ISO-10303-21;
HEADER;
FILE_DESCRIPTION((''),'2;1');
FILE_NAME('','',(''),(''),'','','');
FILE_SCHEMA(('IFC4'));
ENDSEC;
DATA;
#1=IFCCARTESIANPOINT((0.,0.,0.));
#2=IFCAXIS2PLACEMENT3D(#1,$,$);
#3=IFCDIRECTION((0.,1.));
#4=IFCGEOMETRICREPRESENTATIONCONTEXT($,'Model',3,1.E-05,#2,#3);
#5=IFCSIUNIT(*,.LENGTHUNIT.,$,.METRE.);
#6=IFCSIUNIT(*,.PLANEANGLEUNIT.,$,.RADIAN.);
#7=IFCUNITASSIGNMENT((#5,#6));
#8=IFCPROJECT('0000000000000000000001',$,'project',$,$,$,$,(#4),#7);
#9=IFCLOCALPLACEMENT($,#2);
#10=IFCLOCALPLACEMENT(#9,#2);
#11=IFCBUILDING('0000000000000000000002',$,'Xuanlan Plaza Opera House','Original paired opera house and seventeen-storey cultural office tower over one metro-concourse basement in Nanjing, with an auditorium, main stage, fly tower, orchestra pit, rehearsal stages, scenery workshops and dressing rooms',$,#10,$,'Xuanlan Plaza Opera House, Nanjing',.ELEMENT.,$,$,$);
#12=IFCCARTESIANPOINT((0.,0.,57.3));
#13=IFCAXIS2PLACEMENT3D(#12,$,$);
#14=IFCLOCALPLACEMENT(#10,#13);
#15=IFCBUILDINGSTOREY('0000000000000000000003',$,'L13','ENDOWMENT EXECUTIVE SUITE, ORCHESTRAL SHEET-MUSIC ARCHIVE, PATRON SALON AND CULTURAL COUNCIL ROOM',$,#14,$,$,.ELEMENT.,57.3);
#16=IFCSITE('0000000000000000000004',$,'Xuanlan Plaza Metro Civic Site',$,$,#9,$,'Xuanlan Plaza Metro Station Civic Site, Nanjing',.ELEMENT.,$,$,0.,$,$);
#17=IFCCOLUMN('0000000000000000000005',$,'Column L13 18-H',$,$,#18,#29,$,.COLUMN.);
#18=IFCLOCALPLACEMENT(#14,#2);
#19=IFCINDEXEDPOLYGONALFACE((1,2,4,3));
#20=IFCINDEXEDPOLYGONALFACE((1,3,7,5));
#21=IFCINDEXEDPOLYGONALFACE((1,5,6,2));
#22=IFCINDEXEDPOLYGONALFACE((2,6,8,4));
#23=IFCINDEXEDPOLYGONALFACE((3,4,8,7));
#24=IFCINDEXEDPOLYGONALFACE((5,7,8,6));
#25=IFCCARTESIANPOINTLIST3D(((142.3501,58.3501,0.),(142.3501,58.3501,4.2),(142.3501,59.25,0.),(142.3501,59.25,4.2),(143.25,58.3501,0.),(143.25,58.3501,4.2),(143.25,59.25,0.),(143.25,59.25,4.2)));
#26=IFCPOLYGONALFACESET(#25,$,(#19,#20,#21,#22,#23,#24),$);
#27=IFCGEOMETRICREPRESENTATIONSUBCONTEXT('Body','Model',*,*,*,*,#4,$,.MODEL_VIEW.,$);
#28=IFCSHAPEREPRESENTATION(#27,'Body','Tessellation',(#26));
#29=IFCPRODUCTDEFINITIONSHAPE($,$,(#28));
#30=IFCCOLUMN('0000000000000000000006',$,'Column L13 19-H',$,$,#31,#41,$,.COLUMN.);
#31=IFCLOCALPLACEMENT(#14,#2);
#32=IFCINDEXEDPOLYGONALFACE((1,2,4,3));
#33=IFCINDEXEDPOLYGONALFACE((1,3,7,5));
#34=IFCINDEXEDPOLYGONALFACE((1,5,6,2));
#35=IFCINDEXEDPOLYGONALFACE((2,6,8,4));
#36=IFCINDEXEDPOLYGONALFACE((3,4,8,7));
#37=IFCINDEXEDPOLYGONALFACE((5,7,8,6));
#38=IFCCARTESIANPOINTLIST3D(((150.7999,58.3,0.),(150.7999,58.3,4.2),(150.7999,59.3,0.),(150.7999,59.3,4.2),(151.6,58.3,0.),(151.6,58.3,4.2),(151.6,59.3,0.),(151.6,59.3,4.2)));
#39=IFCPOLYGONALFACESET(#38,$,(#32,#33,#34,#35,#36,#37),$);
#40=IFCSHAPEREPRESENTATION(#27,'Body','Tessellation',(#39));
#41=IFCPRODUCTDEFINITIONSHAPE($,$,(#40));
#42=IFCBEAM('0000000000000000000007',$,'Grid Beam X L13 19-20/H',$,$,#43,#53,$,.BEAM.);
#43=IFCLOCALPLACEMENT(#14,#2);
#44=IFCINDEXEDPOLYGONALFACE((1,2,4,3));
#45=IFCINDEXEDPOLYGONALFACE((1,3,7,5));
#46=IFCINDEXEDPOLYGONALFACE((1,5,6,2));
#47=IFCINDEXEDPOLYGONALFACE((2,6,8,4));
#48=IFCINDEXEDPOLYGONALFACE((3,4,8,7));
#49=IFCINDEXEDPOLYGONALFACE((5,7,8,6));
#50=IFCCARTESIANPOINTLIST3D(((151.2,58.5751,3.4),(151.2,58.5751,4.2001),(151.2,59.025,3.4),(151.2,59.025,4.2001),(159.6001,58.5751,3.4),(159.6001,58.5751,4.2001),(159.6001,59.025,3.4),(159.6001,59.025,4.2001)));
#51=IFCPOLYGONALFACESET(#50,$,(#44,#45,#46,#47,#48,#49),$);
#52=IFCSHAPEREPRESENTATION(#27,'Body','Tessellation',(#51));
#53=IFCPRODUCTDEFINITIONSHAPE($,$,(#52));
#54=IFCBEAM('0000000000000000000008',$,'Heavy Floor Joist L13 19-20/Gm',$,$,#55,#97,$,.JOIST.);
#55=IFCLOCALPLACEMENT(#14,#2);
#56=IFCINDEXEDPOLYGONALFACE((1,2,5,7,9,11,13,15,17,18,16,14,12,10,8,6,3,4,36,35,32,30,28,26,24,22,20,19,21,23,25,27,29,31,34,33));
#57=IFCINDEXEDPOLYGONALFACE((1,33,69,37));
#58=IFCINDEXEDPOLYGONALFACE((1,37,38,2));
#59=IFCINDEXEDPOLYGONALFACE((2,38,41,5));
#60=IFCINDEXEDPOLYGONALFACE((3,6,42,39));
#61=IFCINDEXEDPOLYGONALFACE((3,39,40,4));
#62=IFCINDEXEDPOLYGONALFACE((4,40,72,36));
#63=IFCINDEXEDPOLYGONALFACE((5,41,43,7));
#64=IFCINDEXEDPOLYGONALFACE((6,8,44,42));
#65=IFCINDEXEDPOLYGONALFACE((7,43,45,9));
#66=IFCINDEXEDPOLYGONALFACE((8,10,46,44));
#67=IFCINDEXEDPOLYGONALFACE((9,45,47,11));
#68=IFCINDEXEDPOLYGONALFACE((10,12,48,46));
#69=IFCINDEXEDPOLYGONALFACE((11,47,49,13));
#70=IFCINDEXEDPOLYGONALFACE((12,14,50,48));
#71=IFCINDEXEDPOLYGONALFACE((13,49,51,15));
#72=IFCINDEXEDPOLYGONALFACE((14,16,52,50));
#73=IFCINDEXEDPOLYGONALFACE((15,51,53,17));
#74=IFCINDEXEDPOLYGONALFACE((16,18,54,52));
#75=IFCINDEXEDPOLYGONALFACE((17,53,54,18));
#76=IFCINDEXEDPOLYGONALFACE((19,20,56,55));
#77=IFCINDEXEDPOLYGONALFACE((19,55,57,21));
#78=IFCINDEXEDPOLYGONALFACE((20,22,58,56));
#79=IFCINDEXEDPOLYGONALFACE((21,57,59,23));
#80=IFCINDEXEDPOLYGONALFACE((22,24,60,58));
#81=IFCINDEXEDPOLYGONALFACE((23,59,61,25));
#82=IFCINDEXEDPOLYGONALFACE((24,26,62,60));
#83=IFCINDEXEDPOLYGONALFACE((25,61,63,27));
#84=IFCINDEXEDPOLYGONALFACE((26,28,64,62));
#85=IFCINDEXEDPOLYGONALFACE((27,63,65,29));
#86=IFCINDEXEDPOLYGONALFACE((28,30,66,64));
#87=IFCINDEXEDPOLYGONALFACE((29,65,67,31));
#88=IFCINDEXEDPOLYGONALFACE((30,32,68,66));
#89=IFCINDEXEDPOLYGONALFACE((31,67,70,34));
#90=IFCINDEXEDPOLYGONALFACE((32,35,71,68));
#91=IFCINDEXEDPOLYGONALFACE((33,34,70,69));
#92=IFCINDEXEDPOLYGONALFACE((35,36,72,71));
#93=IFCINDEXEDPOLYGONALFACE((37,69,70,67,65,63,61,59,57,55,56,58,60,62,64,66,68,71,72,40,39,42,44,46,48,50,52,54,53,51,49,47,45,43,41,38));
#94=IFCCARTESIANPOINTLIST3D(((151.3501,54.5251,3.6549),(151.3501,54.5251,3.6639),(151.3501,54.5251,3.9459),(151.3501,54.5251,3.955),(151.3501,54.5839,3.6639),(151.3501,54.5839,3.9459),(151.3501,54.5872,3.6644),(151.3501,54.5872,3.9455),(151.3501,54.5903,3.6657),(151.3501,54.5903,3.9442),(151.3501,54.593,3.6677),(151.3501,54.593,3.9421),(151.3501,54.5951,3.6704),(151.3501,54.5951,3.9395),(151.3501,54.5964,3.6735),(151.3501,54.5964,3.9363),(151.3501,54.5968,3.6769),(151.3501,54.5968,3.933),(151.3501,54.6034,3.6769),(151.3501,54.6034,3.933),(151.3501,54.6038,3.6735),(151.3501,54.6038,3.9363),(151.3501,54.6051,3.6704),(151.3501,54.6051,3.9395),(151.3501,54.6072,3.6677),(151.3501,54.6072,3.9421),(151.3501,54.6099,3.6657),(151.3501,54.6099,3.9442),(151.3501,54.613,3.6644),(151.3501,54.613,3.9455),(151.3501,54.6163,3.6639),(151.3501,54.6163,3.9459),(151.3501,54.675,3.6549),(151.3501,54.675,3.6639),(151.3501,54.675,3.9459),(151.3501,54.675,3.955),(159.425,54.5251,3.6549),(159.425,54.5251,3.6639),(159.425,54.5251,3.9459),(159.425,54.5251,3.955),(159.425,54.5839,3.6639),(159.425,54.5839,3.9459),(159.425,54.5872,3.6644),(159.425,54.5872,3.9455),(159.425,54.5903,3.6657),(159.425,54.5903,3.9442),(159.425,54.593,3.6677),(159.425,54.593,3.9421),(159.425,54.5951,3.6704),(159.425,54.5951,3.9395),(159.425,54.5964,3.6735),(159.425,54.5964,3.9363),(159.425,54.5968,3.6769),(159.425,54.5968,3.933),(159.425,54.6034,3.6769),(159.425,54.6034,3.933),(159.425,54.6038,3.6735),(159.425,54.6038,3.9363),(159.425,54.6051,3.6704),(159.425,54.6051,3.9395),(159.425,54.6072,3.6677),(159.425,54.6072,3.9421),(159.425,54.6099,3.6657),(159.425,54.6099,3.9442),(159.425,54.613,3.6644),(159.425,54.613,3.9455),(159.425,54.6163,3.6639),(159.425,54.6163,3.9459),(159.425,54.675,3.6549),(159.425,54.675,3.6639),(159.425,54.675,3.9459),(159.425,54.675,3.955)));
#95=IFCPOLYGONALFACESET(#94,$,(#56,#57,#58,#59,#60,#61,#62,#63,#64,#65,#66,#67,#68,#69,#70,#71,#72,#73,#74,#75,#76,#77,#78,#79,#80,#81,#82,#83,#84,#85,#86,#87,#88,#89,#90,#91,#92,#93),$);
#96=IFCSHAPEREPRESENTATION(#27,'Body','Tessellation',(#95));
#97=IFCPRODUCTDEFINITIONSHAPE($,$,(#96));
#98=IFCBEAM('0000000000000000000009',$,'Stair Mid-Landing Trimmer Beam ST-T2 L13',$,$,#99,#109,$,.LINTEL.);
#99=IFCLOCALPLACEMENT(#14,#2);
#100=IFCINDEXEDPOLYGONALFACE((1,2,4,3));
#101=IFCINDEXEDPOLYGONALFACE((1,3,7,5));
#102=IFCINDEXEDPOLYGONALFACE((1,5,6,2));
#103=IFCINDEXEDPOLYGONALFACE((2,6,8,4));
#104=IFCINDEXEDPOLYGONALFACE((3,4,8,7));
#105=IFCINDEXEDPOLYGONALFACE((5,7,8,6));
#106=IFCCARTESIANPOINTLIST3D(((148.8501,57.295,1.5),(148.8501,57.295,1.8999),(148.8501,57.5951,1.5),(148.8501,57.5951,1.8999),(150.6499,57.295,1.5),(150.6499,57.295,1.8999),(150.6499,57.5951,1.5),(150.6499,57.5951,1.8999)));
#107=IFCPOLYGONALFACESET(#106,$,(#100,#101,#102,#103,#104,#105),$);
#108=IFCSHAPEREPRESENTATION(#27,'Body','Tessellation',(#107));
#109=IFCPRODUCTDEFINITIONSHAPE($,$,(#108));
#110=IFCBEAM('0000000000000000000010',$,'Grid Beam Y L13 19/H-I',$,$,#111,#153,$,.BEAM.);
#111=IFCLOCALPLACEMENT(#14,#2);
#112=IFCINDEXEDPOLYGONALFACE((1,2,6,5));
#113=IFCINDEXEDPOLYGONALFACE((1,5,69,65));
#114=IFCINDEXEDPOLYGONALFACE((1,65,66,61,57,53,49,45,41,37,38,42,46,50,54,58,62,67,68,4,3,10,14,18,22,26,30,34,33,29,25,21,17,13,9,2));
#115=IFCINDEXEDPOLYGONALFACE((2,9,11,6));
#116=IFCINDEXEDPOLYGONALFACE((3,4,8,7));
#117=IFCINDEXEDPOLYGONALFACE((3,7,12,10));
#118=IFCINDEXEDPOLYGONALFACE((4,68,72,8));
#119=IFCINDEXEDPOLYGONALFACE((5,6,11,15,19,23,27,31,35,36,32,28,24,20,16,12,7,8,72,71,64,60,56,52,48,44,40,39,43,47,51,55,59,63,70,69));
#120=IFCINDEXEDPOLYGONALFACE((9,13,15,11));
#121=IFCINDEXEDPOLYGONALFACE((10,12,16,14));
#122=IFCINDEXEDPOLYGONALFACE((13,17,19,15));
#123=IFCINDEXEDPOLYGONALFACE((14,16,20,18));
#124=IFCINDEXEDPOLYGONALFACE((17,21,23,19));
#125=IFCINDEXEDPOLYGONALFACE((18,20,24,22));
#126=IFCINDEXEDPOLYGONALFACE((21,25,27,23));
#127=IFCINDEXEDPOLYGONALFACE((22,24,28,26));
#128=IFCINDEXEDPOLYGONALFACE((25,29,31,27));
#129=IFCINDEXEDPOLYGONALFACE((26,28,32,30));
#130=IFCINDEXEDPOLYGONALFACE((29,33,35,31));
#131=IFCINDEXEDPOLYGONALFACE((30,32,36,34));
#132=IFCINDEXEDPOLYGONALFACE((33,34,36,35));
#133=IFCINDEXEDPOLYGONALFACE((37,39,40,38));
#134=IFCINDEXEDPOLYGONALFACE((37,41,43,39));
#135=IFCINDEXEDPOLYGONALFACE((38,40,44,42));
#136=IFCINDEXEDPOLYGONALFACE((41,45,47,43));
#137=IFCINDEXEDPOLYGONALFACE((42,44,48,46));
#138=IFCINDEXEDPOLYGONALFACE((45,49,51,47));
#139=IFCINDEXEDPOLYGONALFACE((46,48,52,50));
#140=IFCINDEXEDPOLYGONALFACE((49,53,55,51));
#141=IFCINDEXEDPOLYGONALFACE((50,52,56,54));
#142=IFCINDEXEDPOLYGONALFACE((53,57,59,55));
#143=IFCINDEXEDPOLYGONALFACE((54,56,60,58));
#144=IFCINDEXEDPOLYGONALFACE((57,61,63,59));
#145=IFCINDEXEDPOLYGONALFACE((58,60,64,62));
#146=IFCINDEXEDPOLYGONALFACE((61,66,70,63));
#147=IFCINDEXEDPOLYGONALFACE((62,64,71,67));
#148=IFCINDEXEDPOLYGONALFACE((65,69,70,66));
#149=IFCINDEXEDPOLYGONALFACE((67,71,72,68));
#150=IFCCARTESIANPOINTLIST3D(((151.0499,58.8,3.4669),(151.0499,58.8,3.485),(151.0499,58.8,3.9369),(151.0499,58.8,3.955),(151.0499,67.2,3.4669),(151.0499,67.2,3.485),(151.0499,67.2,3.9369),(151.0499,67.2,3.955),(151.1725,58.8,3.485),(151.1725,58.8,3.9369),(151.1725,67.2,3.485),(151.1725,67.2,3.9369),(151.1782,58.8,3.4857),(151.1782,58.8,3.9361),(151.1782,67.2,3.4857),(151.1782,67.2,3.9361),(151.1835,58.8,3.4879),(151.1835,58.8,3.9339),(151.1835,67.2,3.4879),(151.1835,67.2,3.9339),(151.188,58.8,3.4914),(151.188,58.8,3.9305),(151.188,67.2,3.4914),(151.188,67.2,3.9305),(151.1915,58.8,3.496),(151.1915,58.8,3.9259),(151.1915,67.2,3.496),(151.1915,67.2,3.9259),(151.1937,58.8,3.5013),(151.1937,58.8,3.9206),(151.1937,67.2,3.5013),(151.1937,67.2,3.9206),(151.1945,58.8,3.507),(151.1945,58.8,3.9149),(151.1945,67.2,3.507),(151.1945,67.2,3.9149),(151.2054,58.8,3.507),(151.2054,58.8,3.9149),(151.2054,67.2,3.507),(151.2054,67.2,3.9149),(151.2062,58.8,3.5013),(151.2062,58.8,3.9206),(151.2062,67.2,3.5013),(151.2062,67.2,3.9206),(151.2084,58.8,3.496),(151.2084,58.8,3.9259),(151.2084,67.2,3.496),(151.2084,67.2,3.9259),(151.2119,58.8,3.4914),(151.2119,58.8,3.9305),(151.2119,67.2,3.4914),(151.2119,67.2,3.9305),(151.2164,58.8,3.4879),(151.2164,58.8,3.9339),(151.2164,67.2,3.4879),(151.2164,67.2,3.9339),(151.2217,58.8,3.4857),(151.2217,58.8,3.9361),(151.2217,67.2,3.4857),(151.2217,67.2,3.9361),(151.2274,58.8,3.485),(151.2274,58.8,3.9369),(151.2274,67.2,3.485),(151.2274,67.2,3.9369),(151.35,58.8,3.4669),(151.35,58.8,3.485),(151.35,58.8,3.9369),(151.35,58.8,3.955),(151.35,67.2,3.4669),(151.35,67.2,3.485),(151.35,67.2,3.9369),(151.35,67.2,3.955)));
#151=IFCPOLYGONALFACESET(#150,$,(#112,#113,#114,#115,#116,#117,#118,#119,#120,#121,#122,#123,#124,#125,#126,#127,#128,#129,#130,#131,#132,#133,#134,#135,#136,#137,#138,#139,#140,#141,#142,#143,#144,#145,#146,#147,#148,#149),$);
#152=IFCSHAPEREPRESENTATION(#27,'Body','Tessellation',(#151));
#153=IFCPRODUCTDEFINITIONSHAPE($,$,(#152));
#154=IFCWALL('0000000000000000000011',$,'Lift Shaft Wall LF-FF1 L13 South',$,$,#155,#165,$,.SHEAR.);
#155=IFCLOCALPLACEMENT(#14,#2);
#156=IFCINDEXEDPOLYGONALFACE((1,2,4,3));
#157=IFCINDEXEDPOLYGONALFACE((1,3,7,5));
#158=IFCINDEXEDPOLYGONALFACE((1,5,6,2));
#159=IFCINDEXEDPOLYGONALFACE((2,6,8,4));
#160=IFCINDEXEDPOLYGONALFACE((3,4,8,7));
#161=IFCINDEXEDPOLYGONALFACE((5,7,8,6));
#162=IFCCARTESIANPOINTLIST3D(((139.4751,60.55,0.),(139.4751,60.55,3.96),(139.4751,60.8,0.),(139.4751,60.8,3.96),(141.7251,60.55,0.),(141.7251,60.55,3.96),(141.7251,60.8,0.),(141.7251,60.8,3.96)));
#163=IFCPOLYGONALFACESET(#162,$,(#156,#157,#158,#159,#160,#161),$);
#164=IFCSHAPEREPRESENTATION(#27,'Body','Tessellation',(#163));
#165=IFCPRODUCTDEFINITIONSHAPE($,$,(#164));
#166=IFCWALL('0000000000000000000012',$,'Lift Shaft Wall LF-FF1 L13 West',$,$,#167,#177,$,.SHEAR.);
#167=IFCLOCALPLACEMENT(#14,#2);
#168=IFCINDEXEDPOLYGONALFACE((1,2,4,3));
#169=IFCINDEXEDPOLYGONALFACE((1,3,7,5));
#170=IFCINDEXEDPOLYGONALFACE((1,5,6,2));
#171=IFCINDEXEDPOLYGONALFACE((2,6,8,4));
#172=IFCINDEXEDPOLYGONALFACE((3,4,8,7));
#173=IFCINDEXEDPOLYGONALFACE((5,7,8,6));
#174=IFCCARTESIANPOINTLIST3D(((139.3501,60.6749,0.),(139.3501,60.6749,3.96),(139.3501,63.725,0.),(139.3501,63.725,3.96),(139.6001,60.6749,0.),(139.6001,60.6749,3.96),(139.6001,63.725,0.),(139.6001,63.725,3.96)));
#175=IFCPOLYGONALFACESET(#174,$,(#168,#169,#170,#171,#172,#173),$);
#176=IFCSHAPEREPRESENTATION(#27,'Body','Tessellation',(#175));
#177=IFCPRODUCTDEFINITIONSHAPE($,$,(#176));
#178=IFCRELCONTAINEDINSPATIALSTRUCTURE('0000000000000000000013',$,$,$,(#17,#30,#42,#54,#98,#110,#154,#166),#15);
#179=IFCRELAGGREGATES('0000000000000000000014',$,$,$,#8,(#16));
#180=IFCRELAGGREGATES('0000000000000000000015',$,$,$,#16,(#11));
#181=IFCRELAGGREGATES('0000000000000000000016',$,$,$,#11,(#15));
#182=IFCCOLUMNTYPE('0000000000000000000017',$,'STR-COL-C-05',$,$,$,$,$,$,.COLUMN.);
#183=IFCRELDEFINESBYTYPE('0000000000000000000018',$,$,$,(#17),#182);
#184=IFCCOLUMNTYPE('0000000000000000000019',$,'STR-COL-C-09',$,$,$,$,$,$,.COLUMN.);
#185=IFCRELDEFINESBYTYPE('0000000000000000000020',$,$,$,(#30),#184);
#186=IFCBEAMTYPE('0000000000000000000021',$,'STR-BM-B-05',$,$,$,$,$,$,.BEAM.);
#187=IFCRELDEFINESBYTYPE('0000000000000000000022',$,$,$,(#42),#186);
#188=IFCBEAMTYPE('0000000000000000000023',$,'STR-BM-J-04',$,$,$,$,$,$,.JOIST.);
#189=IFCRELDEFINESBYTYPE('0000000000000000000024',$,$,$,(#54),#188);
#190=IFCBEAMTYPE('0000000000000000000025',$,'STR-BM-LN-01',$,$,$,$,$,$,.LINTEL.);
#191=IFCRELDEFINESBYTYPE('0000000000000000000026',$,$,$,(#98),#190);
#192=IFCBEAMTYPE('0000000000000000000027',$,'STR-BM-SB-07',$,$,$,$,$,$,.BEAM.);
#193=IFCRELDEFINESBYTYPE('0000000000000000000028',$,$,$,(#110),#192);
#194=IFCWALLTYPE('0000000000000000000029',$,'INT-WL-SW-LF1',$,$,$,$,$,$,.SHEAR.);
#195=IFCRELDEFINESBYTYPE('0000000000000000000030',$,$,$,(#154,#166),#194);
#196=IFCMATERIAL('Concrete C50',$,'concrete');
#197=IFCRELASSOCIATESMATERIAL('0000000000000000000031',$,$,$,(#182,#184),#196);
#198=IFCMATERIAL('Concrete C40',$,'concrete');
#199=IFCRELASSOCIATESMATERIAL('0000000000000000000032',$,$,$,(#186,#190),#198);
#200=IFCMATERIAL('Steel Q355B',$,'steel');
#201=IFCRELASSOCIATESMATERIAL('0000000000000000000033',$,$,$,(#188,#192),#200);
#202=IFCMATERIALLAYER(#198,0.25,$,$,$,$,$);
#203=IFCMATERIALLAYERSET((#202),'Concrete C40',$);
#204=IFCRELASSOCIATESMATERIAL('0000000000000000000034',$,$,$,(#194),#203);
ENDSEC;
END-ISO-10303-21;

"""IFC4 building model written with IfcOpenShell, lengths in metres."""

from ifc_helpers import new_model, si_unit, direction, frame, frame_2d, origin, origin_2d, place, context, subcontext, project, spatial, rectangle, i_section, extrude, material, layer, layer_set, material_profile, profile_set, type_object, element, save


model = new_model("IFC4")

# Units and contexts
model_context = context("Model", 3, precision=1e-05, world=origin(), true_north=direction((0.0, 1.0)))
body_context = subcontext(model_context, "Body", "Model", "MODEL_VIEW")
ifc_project = project(units=[si_unit("LENGTHUNIT", "METRE"), si_unit("PLANEANGLEUNIT", "RADIAN")], contexts=[model_context])

# Site, building, storey
site_placement = place(None, origin())
site = spatial("IfcSite", under=ifc_project, at=site_placement, Name="Xuanlan Plaza Metro Civic Site", LongName="Xuanlan Plaza Metro Station Civic Site, Nanjing", CompositionType="ELEMENT", RefElevation=0.0)
building_placement = place(site_placement, origin())
building = spatial("IfcBuilding", under=site, at=building_placement, Name="Xuanlan Plaza Opera House", Description="Original paired opera house and seventeen-storey cultural office tower over one metro-concourse basement in Nanjing, with an auditorium, main stage, fly tower, orchestra pit, rehearsal stages, scenery workshops and dressing rooms", LongName="Xuanlan Plaza Opera House, Nanjing", CompositionType="ELEMENT")
storey_placement = place(building_placement, frame((0.0, 0.0, 57.3)))
storey = spatial("IfcBuildingStorey", under=building, at=storey_placement, Name="L13", Description="ENDOWMENT EXECUTIVE SUITE, ORCHESTRAL SHEET-MUSIC ARCHIVE, PATRON SALON AND CULTURAL COUNCIL ROOM", CompositionType="ELEMENT", Elevation=57.3)

# Columns
ifc_material_1 = material(Name="Concrete C50", Category="concrete")
ifc_material_profile_1 = material_profile(ifc_material_1, rectangle(XDim=0.8999, YDim=0.8999, at=origin_2d()), Name="RC-COL 900x900")
ifc_profile_set_1 = profile_set([ifc_material_profile_1], Name="Concrete C50")
column_type_1 = type_object("IfcColumnType", Name="STR-COL-C-05", PredefinedType="COLUMN", material=ifc_profile_set_1)
column_1_placement = place(storey_placement, frame((142.8, 58.8, 0.0), z_axis=(0.0, 0.0, 1.0), x_axis=(1.0, 0.0, 0.0)))
element("IfcColumn", 1, at=column_1_placement, inside=storey, type_object=column_type_1, Name="Column L13 18-H", PredefinedType="COLUMN", context=body_context, shape_type="SweptSolid", body=[
    extrude(rectangle(XDim=0.8999, YDim=0.8999, at=origin_2d()), origin(), (0.0, 0.0, 1.0), 4.2),
])
ifc_material_profile_2 = material_profile(ifc_material_1, rectangle(XDim=0.8, YDim=1.0, at=origin_2d()), Name="RC-COL 800x1000")
ifc_profile_set_2 = profile_set([ifc_material_profile_2], Name="Concrete C50")
column_type_2 = type_object("IfcColumnType", Name="STR-COL-C-09", PredefinedType="COLUMN", material=ifc_profile_set_2)
column_2_placement = place(storey_placement, frame((151.2, 58.8, 0.0), z_axis=(0.0, 0.0, 1.0), x_axis=(1.0, 0.0, 0.0)))
element("IfcColumn", 2, at=column_2_placement, inside=storey, type_object=column_type_2, Name="Column L13 19-H", PredefinedType="COLUMN", context=body_context, shape_type="SweptSolid", body=[
    extrude(rectangle(XDim=0.8, YDim=1.0, at=origin_2d()), origin(), (0.0, 0.0, 1.0), 4.2),
])

# Beams
ifc_material_2 = material(Name="Concrete C40", Category="concrete")
ifc_material_profile_3 = material_profile(ifc_material_2, rectangle(XDim=0.45, YDim=0.8, at=origin_2d()), Name="RC-BM 450x800")
ifc_profile_set_3 = profile_set([ifc_material_profile_3], Name="Concrete C40")
beam_type_1 = type_object("IfcBeamType", Name="STR-BM-B-05", PredefinedType="BEAM", material=ifc_profile_set_3)
beam_1_placement = place(storey_placement, frame((151.2, 58.8, 3.8), z_axis=(1.0, 0.0, 0.0), x_axis=(0.0, 1.0, 0.0)))
element("IfcBeam", 3, at=beam_1_placement, inside=storey, type_object=beam_type_1, Name="Grid Beam X L13 19-20/H", PredefinedType="BEAM", context=body_context, shape_type="SweptSolid", body=[
    extrude(rectangle(XDim=0.45, YDim=0.8, at=origin_2d()), origin(), (0.0, 0.0, 1.0), 8.4001),
])
ifc_material_3 = material(Name="Steel Q355B", Category="steel")
ifc_material_profile_4 = material_profile(ifc_material_3, i_section(OverallWidth=0.1499, OverallDepth=0.3, WebThickness=0.0066, FlangeThickness=0.009, FilletRadius=0.0129, at=origin_2d()), Name="HN 300x150x6.5x9")
ifc_profile_set_4 = profile_set([ifc_material_profile_4], Name="Steel Q355B")
beam_type_2 = type_object("IfcBeamType", Name="STR-BM-J-04", PredefinedType="JOIST", material=ifc_profile_set_4)
beam_2_placement = place(storey_placement, frame((151.3501, 54.6001, 3.8049), z_axis=(1.0, 0.0, 0.0), x_axis=(0.0, 1.0, 0.0)))
element("IfcBeam", 4, at=beam_2_placement, inside=storey, type_object=beam_type_2, Name="Heavy Floor Joist L13 19-20/Gm", PredefinedType="JOIST", context=body_context, shape_type="SweptSolid", body=[
    extrude(i_section(OverallWidth=0.1499, OverallDepth=0.3, WebThickness=0.0066, FlangeThickness=0.009, FilletRadius=0.0129, at=origin_2d()), origin(), (0.0, 0.0, 1.0), 8.075),
])
ifc_material_profile_5 = material_profile(ifc_material_2, rectangle(XDim=0.3, YDim=0.3999, at=origin_2d()), Name="RC-LNT 300x400")
ifc_profile_set_5 = profile_set([ifc_material_profile_5], Name="Concrete C40")
beam_type_3 = type_object("IfcBeamType", Name="STR-BM-LN-01", PredefinedType="LINTEL", material=ifc_profile_set_5)
beam_3_placement = place(storey_placement, frame((148.8501, 57.4451, 1.7), z_axis=(1.0, 0.0, 0.0), x_axis=(0.0, 1.0, 0.0)))
element("IfcBeam", 5, at=beam_3_placement, inside=storey, type_object=beam_type_3, Name="Stair Mid-Landing Trimmer Beam ST-T2 L13", PredefinedType="LINTEL", context=body_context, shape_type="SweptSolid", body=[
    extrude(rectangle(XDim=0.3, YDim=0.3999, at=origin_2d()), origin(), (0.0, 0.0, 1.0), 1.7998),
])
ifc_material_profile_6 = material_profile(ifc_material_3, i_section(OverallWidth=0.3, OverallDepth=0.488, WebThickness=0.011, FlangeThickness=0.0181, FilletRadius=0.022, at=origin_2d()), Name="HM 488x300x11x18")
ifc_profile_set_6 = profile_set([ifc_material_profile_6], Name="Steel Q355B")
beam_type_4 = type_object("IfcBeamType", Name="STR-BM-SB-07", PredefinedType="BEAM", material=ifc_profile_set_6)
beam_4_placement = place(storey_placement, frame((151.2, 58.8, 3.7109), z_axis=(0.0, 1.0, 0.0), x_axis=(-1.0, 0.0, 0.0)))
element("IfcBeam", 6, at=beam_4_placement, inside=storey, type_object=beam_type_4, Name="Grid Beam Y L13 19/H-I", PredefinedType="BEAM", context=body_context, shape_type="SweptSolid", body=[
    extrude(i_section(OverallWidth=0.3, OverallDepth=0.488, WebThickness=0.011, FlangeThickness=0.0181, FilletRadius=0.022, at=origin_2d()), origin(), (0.0, 0.0, 1.0), 8.3999),
])

# Walls
ifc_layer_1 = layer(ifc_material_2, 0.25)
ifc_layer_set_1 = layer_set([ifc_layer_1], Name="Concrete C40")
wall_type = type_object("IfcWallType", Name="INT-WL-SW-LF1", PredefinedType="SHEAR", material=ifc_layer_set_1)
wall_1_placement = place(storey_placement, frame((139.4751, 60.675, 0.0), z_axis=(0.0, 0.0, 1.0), x_axis=(1.0, 0.0, 0.0)))
element("IfcWall", 7, at=wall_1_placement, inside=storey, type_object=wall_type, Name="Lift Shaft Wall LF-FF1 L13 South", PredefinedType="SHEAR", context=body_context, shape_type="SweptSolid", body=[
    extrude(rectangle(XDim=2.25, YDim=0.25, at=frame_2d((1.125, 0.0))), origin(), (0.0, 0.0, 1.0), 3.96),
])
for number, where, z_axis, x_axis, name in (
    (8, (139.4751, 60.675, 0.0), (0.0, 0.0, 1.0), (0.0, 1.0, 0.0), "Lift Shaft Wall LF-FF1 L13 West"),
):
    element("IfcWall", number, at=place(storey_placement, frame(where, z_axis=z_axis, x_axis=x_axis)), inside=storey, type_object=wall_type, Name=name, PredefinedType="SHEAR", context=body_context, shape_type="SweptSolid", body=[
        extrude(rectangle(XDim=3.05, YDim=0.25, at=frame_2d((1.5249, 0.0))), origin(), (0.0, 0.0, 1.0), 3.96),
    ])

save(model, "model.ifc")
